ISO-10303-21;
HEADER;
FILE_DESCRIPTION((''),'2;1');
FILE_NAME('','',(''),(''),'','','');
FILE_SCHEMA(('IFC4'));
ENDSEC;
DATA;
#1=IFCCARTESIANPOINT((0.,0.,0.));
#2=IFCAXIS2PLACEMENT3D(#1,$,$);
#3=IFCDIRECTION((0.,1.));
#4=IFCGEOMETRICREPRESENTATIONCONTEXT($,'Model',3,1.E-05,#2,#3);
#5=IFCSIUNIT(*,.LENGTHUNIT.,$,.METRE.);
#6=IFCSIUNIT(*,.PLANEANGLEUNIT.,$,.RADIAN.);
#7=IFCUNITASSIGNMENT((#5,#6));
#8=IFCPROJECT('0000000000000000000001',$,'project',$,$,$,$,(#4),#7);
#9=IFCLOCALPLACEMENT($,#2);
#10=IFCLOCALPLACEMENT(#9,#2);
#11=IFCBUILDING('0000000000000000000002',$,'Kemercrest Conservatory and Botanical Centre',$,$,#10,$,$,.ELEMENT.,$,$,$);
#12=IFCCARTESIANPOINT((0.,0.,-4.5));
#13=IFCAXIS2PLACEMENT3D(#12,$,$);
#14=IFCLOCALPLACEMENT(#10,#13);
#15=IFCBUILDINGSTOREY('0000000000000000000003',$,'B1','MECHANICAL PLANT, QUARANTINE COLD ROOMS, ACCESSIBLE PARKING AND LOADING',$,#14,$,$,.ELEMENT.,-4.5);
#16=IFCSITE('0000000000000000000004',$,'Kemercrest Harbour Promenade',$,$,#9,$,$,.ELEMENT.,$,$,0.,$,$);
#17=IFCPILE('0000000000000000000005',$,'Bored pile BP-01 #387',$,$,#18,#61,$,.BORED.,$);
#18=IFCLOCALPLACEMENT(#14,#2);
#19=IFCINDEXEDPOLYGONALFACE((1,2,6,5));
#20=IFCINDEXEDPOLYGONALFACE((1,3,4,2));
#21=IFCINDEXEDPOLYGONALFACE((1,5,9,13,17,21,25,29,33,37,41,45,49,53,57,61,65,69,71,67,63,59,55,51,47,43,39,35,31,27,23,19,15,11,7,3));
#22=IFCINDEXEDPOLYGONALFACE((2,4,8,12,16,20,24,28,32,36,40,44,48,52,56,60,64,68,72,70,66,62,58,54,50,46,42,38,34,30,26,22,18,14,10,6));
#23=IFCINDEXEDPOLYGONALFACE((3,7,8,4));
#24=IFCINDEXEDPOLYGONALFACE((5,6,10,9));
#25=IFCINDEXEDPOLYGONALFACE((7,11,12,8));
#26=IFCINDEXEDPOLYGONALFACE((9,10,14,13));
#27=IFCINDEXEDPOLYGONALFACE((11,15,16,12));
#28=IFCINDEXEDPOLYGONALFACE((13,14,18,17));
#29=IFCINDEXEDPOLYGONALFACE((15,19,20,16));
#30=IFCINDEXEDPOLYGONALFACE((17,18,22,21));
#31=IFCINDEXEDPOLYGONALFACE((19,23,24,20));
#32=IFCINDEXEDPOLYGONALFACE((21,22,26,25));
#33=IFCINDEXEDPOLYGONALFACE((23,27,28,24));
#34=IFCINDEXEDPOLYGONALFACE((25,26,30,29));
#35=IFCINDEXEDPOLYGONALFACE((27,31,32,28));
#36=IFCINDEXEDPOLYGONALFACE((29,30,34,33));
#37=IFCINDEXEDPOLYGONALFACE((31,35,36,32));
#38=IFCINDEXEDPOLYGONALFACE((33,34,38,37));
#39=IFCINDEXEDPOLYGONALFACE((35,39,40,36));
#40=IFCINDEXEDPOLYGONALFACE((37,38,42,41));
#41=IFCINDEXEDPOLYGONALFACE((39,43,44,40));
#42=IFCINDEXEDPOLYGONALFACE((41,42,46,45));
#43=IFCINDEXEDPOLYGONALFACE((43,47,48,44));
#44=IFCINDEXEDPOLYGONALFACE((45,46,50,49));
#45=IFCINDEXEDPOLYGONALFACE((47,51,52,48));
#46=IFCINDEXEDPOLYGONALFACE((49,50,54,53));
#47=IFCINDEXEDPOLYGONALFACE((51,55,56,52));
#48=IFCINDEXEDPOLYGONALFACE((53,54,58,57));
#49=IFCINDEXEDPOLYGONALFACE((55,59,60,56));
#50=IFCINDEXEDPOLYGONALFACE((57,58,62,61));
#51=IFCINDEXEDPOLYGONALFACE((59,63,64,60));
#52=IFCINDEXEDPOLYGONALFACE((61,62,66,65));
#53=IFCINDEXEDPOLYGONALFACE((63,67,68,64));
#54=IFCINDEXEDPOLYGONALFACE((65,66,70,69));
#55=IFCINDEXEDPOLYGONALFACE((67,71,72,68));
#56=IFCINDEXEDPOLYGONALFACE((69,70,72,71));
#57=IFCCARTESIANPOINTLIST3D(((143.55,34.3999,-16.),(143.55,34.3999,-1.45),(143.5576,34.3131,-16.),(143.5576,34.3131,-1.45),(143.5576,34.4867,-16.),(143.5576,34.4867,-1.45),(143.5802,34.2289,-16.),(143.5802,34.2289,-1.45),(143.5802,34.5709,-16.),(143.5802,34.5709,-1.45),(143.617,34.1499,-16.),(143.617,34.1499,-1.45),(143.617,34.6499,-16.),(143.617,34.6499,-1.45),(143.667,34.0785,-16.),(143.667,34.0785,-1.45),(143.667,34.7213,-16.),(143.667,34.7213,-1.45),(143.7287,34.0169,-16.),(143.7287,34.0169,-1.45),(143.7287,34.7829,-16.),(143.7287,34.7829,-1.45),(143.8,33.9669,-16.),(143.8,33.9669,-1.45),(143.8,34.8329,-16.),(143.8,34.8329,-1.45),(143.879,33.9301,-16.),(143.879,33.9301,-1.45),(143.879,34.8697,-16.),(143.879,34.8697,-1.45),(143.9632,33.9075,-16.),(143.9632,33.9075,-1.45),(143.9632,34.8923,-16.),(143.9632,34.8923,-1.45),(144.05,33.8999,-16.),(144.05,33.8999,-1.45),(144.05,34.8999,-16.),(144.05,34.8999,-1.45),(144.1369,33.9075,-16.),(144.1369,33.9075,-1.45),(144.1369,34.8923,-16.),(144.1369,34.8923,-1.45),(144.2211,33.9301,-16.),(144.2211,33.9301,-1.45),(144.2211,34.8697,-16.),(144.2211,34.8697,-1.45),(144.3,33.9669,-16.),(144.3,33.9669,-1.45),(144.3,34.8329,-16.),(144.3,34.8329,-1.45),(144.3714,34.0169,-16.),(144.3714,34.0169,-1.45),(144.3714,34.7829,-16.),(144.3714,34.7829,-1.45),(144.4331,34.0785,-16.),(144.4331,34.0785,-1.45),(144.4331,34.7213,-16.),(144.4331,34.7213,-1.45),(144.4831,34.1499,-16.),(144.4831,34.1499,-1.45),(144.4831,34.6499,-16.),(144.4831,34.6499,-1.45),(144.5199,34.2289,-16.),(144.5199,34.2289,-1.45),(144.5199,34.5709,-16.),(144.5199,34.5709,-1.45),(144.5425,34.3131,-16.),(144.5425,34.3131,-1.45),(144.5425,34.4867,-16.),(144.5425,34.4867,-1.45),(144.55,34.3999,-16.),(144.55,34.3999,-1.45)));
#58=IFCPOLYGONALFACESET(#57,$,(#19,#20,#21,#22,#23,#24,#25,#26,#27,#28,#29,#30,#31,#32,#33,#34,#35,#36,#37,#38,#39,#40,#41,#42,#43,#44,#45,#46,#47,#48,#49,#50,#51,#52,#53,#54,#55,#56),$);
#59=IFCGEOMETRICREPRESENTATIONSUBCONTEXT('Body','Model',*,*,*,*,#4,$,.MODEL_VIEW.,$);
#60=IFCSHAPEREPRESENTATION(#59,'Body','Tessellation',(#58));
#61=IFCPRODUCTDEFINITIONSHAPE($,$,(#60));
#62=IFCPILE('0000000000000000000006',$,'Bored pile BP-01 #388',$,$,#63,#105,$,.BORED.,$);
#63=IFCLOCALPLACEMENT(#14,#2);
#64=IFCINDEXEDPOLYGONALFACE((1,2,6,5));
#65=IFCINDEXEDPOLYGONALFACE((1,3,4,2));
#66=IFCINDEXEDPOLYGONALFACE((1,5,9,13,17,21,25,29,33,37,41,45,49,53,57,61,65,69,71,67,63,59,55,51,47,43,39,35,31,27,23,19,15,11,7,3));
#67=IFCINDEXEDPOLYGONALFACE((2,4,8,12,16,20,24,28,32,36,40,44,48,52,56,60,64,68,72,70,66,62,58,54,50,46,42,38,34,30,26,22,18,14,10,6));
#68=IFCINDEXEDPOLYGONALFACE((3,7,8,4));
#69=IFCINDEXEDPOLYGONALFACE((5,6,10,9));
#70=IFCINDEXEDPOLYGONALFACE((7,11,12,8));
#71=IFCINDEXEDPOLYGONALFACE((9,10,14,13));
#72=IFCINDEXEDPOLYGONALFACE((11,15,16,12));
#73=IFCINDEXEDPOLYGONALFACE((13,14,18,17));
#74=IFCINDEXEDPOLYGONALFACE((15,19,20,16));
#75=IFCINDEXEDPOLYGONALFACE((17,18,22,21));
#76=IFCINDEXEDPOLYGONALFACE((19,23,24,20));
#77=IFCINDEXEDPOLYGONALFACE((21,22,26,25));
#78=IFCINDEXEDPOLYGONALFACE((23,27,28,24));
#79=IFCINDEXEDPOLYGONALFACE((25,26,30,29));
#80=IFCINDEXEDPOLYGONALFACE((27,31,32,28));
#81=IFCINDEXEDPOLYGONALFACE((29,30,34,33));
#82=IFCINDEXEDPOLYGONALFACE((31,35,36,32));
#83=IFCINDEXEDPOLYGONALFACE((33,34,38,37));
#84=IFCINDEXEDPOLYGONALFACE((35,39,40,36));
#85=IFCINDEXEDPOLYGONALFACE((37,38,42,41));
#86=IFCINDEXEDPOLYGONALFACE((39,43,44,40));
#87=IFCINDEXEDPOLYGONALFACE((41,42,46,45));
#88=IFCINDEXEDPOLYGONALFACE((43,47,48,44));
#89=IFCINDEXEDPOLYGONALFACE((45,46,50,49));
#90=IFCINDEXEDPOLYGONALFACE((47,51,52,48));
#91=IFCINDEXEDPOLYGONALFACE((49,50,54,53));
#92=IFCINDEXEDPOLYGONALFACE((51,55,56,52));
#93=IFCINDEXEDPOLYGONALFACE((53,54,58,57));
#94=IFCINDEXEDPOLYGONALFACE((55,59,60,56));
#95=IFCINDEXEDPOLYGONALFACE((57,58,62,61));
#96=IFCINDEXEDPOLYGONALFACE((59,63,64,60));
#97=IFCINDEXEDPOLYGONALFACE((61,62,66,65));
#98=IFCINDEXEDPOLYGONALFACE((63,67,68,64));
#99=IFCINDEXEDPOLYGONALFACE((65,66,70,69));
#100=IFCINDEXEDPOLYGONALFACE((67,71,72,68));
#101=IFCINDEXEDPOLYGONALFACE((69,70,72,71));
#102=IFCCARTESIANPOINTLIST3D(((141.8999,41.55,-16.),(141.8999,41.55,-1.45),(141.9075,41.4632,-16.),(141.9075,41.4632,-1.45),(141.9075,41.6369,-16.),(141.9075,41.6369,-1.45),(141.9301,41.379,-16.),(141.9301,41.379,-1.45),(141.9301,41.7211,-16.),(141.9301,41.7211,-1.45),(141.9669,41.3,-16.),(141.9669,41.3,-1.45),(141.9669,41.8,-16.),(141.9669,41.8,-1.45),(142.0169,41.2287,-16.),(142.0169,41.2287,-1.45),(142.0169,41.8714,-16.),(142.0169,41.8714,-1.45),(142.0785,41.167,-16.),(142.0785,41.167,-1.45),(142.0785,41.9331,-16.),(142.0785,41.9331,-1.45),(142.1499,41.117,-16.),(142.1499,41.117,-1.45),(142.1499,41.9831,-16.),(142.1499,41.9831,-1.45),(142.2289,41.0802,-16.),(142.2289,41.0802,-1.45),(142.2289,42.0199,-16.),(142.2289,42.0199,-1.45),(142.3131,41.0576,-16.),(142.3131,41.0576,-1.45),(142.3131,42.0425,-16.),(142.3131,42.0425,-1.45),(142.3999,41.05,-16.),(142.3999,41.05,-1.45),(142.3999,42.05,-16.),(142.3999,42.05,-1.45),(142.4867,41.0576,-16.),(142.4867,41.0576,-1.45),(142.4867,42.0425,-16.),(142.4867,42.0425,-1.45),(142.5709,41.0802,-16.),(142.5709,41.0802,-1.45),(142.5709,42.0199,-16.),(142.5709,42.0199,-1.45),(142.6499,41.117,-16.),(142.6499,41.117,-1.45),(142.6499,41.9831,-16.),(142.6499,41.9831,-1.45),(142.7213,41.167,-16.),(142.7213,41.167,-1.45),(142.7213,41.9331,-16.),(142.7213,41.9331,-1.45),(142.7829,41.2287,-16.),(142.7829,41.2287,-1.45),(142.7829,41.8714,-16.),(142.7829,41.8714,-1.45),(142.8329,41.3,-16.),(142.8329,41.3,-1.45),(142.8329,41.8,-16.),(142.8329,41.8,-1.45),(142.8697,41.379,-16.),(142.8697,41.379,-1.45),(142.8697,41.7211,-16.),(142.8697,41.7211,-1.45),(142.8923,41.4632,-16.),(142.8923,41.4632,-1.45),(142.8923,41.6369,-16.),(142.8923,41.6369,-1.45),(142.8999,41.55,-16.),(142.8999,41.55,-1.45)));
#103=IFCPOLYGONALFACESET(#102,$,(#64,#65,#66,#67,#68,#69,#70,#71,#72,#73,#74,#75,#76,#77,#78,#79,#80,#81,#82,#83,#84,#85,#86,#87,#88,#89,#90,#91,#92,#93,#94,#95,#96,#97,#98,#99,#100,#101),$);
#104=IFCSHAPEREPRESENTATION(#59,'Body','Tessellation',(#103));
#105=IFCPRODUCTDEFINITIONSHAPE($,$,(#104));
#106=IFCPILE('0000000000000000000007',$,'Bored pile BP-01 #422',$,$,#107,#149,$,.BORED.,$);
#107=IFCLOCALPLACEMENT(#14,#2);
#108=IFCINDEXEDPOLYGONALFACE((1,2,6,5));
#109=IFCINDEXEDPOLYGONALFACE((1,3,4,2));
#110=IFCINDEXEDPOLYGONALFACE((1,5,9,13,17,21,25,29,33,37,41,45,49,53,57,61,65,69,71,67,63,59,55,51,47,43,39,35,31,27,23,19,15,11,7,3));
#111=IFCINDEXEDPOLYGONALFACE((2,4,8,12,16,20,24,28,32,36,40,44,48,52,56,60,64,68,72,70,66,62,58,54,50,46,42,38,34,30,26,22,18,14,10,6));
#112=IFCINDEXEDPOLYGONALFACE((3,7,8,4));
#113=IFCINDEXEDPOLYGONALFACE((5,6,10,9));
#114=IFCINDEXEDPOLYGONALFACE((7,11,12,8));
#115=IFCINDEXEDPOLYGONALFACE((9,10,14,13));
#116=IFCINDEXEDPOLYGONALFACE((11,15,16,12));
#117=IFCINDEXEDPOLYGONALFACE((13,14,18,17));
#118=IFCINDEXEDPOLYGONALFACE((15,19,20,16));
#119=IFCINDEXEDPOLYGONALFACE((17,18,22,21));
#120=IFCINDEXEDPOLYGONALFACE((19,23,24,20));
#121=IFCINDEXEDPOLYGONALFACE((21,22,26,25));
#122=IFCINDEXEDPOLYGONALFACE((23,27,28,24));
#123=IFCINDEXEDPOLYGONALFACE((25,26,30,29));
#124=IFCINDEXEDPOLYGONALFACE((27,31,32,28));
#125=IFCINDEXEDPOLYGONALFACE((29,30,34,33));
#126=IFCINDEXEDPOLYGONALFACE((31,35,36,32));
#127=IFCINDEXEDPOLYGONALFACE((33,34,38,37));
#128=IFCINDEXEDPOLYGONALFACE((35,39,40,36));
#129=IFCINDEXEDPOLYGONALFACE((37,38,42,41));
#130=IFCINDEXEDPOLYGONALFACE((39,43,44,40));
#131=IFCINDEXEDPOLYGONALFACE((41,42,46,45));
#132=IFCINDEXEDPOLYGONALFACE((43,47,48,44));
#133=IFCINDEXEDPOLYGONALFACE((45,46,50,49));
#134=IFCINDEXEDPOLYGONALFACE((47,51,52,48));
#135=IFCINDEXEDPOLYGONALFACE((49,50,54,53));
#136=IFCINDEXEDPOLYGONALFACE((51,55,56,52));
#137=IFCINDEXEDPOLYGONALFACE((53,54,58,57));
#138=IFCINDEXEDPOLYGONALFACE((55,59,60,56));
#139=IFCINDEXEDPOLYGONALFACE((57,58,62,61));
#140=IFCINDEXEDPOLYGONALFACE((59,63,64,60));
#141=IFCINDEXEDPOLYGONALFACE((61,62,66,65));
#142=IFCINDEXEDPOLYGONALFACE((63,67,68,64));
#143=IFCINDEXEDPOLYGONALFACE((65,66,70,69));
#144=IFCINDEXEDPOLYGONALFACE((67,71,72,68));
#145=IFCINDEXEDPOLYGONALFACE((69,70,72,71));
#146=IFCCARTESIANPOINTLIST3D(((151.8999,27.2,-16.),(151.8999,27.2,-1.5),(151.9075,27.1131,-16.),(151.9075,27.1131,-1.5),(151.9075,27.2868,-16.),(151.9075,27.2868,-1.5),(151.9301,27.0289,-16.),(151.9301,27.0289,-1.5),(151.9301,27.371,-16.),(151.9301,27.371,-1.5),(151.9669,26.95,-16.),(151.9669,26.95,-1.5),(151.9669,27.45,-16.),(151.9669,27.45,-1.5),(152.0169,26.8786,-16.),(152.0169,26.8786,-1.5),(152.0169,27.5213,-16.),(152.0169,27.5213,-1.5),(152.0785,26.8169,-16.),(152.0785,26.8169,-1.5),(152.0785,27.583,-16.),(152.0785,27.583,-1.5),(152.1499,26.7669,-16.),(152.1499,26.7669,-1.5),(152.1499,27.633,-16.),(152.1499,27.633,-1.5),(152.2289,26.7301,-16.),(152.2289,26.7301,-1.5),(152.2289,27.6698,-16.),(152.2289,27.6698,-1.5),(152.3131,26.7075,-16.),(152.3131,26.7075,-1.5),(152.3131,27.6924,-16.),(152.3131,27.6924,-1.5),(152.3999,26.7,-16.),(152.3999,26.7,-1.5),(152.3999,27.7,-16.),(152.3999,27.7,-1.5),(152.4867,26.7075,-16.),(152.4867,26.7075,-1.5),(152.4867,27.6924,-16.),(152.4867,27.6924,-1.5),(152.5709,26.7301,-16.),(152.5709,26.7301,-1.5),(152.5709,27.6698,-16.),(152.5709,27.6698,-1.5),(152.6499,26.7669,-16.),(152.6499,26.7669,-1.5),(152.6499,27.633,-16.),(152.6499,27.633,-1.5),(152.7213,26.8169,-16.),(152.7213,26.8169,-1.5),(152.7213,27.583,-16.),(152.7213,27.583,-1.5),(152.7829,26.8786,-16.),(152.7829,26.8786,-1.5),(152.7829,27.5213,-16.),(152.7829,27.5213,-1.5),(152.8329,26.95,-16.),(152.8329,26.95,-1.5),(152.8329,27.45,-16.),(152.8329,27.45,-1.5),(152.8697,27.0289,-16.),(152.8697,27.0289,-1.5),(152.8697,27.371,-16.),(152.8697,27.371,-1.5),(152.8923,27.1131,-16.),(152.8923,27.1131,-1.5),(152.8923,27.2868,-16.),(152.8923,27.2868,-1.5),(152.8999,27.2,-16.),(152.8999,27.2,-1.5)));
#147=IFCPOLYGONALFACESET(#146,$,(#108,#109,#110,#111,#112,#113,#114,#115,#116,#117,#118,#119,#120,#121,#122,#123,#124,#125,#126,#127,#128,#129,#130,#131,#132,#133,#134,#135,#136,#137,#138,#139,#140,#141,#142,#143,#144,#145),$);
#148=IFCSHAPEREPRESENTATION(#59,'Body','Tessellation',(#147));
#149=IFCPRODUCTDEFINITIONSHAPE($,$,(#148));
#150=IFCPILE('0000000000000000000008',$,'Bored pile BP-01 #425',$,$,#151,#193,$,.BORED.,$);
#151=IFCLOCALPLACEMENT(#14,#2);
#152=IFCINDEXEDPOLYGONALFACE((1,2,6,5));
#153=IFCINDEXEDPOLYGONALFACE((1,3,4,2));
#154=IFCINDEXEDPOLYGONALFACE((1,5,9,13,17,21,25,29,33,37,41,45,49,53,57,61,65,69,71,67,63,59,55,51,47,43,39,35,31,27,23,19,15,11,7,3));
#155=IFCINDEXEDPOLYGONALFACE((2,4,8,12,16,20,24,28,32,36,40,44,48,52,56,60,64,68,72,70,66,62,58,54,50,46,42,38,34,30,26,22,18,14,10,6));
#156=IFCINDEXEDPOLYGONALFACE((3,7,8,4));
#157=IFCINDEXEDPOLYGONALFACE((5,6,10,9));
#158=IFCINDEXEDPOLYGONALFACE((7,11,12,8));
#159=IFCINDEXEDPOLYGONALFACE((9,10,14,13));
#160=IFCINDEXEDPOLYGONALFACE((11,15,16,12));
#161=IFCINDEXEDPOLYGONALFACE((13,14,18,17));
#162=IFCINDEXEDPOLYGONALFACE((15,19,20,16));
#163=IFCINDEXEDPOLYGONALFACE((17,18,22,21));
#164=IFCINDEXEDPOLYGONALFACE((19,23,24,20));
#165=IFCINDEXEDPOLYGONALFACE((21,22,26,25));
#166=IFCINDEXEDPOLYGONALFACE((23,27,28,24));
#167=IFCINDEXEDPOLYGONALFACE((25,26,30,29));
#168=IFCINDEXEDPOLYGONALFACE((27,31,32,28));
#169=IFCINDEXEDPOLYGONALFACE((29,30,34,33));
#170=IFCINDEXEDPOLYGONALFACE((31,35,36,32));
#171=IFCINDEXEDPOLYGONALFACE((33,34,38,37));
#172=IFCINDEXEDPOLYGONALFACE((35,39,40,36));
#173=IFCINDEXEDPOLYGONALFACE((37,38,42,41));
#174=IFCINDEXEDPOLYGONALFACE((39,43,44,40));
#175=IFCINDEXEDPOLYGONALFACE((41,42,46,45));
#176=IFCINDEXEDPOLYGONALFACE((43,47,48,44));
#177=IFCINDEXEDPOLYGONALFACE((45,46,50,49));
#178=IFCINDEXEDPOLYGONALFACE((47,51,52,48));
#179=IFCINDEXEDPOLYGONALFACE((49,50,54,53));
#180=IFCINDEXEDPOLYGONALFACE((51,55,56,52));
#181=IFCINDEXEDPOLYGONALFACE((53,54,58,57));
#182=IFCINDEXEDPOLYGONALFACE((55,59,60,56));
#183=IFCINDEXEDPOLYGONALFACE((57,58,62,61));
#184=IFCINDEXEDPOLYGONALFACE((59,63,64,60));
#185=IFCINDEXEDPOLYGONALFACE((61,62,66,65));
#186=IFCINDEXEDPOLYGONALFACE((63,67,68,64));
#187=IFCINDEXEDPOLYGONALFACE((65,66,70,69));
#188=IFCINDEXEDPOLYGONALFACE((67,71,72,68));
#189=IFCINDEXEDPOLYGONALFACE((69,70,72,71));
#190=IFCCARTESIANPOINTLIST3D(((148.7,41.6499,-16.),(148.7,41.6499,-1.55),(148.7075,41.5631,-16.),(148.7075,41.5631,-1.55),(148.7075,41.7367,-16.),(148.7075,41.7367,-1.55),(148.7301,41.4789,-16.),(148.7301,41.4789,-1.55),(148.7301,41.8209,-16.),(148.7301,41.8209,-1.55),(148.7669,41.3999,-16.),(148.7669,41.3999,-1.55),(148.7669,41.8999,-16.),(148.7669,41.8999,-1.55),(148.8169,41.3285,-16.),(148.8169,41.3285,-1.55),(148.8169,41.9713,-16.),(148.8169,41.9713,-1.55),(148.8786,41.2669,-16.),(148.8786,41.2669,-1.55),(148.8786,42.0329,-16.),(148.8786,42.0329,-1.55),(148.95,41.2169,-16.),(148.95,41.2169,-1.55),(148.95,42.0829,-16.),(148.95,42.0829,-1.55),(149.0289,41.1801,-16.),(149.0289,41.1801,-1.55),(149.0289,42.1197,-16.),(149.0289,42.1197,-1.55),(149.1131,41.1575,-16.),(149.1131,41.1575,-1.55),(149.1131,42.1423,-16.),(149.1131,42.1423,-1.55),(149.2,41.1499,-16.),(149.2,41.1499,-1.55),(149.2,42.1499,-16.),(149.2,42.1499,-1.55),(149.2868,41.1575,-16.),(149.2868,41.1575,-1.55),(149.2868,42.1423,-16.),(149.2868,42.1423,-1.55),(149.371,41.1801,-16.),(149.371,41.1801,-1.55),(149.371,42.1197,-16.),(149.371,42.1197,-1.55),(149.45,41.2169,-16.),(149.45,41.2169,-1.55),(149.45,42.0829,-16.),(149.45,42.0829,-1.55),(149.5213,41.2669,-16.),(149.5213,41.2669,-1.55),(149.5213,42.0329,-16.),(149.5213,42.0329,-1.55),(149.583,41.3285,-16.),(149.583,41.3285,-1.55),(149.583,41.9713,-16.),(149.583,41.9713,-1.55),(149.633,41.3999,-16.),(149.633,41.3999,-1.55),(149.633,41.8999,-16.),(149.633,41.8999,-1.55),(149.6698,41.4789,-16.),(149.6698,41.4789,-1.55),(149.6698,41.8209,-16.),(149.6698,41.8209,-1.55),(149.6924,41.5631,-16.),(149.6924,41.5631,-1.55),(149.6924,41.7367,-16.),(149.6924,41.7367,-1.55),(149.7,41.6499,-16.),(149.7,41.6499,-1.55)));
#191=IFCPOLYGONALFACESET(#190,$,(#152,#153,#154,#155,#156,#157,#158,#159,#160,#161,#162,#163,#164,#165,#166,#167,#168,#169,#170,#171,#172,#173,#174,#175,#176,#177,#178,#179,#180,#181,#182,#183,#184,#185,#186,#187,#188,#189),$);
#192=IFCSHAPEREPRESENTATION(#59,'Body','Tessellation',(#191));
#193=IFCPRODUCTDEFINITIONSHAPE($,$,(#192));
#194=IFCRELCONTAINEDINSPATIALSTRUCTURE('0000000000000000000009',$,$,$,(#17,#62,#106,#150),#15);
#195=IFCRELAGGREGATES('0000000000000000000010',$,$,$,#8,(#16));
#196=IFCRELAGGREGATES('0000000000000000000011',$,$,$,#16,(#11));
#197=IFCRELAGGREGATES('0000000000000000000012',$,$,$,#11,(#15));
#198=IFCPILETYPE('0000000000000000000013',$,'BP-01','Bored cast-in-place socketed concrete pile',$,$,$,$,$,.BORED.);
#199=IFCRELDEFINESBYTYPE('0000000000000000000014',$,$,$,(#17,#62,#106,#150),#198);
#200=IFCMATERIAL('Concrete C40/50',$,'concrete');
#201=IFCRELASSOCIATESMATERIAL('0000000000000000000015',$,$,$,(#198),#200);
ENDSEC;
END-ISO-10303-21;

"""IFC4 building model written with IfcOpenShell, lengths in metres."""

from ifc_helpers import new_model, si_unit, direction, frame, origin, origin_2d, place, context, subcontext, project, spatial, circle, extrude, material, material_profile, profile_set, type_object, element, save


model = new_model("IFC4")

# Units and contexts
model_context = context("Model", 3, precision=1e-05, world=origin(), true_north=direction((0.0, 1.0)))
body_context = subcontext(model_context, "Body", "Model", "MODEL_VIEW")
ifc_project = project(units=[si_unit("LENGTHUNIT", "METRE"), si_unit("PLANEANGLEUNIT", "RADIAN")], contexts=[model_context])

# Site, building, storey
site_placement = place(None, origin())
site = spatial("IfcSite", under=ifc_project, at=site_placement, Name="Kemercrest Harbour Promenade", CompositionType="ELEMENT", RefElevation=0.0)
building_placement = place(site_placement, origin())
building = spatial("IfcBuilding", under=site, at=building_placement, Name="Kemercrest Conservatory and Botanical Centre", CompositionType="ELEMENT")
storey_placement = place(building_placement, frame((0.0, 0.0, -4.5)))
storey = spatial("IfcBuildingStorey", under=building, at=storey_placement, Name="B1", Description="MECHANICAL PLANT, QUARANTINE COLD ROOMS, ACCESSIBLE PARKING AND LOADING", CompositionType="ELEMENT", Elevation=-4.5)

# Piles
ifc_material_1 = material(Name="Concrete C40/50", Category="concrete")
ifc_material_profile_1 = material_profile(ifc_material_1, circle(Radius=0.5, at=origin_2d()), Name="BORED PILE 1000")
ifc_profile_set_1 = profile_set([ifc_material_profile_1], Name="Concrete C40/50")
pile_type_1 = type_object("IfcPileType", Name="BP-01", Description="Bored cast-in-place socketed concrete pile", PredefinedType="BORED", material=ifc_profile_set_1)
for number, where, z_axis, x_axis, name in (
    (1, (144.05, 34.3999, -1.45), (0.0, 0.0, -1.0), (1.0, 0.0, 0.0), "Bored pile BP-01 #387"),
    (2, (142.3999, 41.55, -1.45), (0.0, 0.0, -1.0), (1.0, 0.0, 0.0), "Bored pile BP-01 #388"),
):
    element("IfcPile", number, at=place(storey_placement, frame(where, z_axis=z_axis, x_axis=x_axis)), inside=storey, type_object=pile_type_1, Name=name, PredefinedType="BORED", context=body_context, shape_type="SweptSolid", body=[
        extrude(circle(Radius=0.5, at=origin_2d()), origin(), (0.0, 0.0, 1.0), 14.55),
    ])
pile_1_placement = place(storey_placement, frame((152.3999, 27.2, -1.5), z_axis=(0.0, 0.0, -1.0), x_axis=(1.0, 0.0, 0.0)))
element("IfcPile", 3, at=pile_1_placement, inside=storey, type_object=pile_type_1, Name="Bored pile BP-01 #422", PredefinedType="BORED", context=body_context, shape_type="SweptSolid", body=[
    extrude(circle(Radius=0.5, at=origin_2d()), origin(), (0.0, 0.0, 1.0), 14.5),
])
pile_2_placement = place(storey_placement, frame((149.2, 41.6499, -1.55), z_axis=(0.0, 0.0, -1.0), x_axis=(1.0, 0.0, 0.0)))
element("IfcPile", 4, at=pile_2_placement, inside=storey, type_object=pile_type_1, Name="Bored pile BP-01 #425", PredefinedType="BORED", context=body_context, shape_type="SweptSolid", body=[
    extrude(circle(Radius=0.5, at=origin_2d()), origin(), (0.0, 0.0, 1.0), 14.45),
])

save(model, "model.ifc")
